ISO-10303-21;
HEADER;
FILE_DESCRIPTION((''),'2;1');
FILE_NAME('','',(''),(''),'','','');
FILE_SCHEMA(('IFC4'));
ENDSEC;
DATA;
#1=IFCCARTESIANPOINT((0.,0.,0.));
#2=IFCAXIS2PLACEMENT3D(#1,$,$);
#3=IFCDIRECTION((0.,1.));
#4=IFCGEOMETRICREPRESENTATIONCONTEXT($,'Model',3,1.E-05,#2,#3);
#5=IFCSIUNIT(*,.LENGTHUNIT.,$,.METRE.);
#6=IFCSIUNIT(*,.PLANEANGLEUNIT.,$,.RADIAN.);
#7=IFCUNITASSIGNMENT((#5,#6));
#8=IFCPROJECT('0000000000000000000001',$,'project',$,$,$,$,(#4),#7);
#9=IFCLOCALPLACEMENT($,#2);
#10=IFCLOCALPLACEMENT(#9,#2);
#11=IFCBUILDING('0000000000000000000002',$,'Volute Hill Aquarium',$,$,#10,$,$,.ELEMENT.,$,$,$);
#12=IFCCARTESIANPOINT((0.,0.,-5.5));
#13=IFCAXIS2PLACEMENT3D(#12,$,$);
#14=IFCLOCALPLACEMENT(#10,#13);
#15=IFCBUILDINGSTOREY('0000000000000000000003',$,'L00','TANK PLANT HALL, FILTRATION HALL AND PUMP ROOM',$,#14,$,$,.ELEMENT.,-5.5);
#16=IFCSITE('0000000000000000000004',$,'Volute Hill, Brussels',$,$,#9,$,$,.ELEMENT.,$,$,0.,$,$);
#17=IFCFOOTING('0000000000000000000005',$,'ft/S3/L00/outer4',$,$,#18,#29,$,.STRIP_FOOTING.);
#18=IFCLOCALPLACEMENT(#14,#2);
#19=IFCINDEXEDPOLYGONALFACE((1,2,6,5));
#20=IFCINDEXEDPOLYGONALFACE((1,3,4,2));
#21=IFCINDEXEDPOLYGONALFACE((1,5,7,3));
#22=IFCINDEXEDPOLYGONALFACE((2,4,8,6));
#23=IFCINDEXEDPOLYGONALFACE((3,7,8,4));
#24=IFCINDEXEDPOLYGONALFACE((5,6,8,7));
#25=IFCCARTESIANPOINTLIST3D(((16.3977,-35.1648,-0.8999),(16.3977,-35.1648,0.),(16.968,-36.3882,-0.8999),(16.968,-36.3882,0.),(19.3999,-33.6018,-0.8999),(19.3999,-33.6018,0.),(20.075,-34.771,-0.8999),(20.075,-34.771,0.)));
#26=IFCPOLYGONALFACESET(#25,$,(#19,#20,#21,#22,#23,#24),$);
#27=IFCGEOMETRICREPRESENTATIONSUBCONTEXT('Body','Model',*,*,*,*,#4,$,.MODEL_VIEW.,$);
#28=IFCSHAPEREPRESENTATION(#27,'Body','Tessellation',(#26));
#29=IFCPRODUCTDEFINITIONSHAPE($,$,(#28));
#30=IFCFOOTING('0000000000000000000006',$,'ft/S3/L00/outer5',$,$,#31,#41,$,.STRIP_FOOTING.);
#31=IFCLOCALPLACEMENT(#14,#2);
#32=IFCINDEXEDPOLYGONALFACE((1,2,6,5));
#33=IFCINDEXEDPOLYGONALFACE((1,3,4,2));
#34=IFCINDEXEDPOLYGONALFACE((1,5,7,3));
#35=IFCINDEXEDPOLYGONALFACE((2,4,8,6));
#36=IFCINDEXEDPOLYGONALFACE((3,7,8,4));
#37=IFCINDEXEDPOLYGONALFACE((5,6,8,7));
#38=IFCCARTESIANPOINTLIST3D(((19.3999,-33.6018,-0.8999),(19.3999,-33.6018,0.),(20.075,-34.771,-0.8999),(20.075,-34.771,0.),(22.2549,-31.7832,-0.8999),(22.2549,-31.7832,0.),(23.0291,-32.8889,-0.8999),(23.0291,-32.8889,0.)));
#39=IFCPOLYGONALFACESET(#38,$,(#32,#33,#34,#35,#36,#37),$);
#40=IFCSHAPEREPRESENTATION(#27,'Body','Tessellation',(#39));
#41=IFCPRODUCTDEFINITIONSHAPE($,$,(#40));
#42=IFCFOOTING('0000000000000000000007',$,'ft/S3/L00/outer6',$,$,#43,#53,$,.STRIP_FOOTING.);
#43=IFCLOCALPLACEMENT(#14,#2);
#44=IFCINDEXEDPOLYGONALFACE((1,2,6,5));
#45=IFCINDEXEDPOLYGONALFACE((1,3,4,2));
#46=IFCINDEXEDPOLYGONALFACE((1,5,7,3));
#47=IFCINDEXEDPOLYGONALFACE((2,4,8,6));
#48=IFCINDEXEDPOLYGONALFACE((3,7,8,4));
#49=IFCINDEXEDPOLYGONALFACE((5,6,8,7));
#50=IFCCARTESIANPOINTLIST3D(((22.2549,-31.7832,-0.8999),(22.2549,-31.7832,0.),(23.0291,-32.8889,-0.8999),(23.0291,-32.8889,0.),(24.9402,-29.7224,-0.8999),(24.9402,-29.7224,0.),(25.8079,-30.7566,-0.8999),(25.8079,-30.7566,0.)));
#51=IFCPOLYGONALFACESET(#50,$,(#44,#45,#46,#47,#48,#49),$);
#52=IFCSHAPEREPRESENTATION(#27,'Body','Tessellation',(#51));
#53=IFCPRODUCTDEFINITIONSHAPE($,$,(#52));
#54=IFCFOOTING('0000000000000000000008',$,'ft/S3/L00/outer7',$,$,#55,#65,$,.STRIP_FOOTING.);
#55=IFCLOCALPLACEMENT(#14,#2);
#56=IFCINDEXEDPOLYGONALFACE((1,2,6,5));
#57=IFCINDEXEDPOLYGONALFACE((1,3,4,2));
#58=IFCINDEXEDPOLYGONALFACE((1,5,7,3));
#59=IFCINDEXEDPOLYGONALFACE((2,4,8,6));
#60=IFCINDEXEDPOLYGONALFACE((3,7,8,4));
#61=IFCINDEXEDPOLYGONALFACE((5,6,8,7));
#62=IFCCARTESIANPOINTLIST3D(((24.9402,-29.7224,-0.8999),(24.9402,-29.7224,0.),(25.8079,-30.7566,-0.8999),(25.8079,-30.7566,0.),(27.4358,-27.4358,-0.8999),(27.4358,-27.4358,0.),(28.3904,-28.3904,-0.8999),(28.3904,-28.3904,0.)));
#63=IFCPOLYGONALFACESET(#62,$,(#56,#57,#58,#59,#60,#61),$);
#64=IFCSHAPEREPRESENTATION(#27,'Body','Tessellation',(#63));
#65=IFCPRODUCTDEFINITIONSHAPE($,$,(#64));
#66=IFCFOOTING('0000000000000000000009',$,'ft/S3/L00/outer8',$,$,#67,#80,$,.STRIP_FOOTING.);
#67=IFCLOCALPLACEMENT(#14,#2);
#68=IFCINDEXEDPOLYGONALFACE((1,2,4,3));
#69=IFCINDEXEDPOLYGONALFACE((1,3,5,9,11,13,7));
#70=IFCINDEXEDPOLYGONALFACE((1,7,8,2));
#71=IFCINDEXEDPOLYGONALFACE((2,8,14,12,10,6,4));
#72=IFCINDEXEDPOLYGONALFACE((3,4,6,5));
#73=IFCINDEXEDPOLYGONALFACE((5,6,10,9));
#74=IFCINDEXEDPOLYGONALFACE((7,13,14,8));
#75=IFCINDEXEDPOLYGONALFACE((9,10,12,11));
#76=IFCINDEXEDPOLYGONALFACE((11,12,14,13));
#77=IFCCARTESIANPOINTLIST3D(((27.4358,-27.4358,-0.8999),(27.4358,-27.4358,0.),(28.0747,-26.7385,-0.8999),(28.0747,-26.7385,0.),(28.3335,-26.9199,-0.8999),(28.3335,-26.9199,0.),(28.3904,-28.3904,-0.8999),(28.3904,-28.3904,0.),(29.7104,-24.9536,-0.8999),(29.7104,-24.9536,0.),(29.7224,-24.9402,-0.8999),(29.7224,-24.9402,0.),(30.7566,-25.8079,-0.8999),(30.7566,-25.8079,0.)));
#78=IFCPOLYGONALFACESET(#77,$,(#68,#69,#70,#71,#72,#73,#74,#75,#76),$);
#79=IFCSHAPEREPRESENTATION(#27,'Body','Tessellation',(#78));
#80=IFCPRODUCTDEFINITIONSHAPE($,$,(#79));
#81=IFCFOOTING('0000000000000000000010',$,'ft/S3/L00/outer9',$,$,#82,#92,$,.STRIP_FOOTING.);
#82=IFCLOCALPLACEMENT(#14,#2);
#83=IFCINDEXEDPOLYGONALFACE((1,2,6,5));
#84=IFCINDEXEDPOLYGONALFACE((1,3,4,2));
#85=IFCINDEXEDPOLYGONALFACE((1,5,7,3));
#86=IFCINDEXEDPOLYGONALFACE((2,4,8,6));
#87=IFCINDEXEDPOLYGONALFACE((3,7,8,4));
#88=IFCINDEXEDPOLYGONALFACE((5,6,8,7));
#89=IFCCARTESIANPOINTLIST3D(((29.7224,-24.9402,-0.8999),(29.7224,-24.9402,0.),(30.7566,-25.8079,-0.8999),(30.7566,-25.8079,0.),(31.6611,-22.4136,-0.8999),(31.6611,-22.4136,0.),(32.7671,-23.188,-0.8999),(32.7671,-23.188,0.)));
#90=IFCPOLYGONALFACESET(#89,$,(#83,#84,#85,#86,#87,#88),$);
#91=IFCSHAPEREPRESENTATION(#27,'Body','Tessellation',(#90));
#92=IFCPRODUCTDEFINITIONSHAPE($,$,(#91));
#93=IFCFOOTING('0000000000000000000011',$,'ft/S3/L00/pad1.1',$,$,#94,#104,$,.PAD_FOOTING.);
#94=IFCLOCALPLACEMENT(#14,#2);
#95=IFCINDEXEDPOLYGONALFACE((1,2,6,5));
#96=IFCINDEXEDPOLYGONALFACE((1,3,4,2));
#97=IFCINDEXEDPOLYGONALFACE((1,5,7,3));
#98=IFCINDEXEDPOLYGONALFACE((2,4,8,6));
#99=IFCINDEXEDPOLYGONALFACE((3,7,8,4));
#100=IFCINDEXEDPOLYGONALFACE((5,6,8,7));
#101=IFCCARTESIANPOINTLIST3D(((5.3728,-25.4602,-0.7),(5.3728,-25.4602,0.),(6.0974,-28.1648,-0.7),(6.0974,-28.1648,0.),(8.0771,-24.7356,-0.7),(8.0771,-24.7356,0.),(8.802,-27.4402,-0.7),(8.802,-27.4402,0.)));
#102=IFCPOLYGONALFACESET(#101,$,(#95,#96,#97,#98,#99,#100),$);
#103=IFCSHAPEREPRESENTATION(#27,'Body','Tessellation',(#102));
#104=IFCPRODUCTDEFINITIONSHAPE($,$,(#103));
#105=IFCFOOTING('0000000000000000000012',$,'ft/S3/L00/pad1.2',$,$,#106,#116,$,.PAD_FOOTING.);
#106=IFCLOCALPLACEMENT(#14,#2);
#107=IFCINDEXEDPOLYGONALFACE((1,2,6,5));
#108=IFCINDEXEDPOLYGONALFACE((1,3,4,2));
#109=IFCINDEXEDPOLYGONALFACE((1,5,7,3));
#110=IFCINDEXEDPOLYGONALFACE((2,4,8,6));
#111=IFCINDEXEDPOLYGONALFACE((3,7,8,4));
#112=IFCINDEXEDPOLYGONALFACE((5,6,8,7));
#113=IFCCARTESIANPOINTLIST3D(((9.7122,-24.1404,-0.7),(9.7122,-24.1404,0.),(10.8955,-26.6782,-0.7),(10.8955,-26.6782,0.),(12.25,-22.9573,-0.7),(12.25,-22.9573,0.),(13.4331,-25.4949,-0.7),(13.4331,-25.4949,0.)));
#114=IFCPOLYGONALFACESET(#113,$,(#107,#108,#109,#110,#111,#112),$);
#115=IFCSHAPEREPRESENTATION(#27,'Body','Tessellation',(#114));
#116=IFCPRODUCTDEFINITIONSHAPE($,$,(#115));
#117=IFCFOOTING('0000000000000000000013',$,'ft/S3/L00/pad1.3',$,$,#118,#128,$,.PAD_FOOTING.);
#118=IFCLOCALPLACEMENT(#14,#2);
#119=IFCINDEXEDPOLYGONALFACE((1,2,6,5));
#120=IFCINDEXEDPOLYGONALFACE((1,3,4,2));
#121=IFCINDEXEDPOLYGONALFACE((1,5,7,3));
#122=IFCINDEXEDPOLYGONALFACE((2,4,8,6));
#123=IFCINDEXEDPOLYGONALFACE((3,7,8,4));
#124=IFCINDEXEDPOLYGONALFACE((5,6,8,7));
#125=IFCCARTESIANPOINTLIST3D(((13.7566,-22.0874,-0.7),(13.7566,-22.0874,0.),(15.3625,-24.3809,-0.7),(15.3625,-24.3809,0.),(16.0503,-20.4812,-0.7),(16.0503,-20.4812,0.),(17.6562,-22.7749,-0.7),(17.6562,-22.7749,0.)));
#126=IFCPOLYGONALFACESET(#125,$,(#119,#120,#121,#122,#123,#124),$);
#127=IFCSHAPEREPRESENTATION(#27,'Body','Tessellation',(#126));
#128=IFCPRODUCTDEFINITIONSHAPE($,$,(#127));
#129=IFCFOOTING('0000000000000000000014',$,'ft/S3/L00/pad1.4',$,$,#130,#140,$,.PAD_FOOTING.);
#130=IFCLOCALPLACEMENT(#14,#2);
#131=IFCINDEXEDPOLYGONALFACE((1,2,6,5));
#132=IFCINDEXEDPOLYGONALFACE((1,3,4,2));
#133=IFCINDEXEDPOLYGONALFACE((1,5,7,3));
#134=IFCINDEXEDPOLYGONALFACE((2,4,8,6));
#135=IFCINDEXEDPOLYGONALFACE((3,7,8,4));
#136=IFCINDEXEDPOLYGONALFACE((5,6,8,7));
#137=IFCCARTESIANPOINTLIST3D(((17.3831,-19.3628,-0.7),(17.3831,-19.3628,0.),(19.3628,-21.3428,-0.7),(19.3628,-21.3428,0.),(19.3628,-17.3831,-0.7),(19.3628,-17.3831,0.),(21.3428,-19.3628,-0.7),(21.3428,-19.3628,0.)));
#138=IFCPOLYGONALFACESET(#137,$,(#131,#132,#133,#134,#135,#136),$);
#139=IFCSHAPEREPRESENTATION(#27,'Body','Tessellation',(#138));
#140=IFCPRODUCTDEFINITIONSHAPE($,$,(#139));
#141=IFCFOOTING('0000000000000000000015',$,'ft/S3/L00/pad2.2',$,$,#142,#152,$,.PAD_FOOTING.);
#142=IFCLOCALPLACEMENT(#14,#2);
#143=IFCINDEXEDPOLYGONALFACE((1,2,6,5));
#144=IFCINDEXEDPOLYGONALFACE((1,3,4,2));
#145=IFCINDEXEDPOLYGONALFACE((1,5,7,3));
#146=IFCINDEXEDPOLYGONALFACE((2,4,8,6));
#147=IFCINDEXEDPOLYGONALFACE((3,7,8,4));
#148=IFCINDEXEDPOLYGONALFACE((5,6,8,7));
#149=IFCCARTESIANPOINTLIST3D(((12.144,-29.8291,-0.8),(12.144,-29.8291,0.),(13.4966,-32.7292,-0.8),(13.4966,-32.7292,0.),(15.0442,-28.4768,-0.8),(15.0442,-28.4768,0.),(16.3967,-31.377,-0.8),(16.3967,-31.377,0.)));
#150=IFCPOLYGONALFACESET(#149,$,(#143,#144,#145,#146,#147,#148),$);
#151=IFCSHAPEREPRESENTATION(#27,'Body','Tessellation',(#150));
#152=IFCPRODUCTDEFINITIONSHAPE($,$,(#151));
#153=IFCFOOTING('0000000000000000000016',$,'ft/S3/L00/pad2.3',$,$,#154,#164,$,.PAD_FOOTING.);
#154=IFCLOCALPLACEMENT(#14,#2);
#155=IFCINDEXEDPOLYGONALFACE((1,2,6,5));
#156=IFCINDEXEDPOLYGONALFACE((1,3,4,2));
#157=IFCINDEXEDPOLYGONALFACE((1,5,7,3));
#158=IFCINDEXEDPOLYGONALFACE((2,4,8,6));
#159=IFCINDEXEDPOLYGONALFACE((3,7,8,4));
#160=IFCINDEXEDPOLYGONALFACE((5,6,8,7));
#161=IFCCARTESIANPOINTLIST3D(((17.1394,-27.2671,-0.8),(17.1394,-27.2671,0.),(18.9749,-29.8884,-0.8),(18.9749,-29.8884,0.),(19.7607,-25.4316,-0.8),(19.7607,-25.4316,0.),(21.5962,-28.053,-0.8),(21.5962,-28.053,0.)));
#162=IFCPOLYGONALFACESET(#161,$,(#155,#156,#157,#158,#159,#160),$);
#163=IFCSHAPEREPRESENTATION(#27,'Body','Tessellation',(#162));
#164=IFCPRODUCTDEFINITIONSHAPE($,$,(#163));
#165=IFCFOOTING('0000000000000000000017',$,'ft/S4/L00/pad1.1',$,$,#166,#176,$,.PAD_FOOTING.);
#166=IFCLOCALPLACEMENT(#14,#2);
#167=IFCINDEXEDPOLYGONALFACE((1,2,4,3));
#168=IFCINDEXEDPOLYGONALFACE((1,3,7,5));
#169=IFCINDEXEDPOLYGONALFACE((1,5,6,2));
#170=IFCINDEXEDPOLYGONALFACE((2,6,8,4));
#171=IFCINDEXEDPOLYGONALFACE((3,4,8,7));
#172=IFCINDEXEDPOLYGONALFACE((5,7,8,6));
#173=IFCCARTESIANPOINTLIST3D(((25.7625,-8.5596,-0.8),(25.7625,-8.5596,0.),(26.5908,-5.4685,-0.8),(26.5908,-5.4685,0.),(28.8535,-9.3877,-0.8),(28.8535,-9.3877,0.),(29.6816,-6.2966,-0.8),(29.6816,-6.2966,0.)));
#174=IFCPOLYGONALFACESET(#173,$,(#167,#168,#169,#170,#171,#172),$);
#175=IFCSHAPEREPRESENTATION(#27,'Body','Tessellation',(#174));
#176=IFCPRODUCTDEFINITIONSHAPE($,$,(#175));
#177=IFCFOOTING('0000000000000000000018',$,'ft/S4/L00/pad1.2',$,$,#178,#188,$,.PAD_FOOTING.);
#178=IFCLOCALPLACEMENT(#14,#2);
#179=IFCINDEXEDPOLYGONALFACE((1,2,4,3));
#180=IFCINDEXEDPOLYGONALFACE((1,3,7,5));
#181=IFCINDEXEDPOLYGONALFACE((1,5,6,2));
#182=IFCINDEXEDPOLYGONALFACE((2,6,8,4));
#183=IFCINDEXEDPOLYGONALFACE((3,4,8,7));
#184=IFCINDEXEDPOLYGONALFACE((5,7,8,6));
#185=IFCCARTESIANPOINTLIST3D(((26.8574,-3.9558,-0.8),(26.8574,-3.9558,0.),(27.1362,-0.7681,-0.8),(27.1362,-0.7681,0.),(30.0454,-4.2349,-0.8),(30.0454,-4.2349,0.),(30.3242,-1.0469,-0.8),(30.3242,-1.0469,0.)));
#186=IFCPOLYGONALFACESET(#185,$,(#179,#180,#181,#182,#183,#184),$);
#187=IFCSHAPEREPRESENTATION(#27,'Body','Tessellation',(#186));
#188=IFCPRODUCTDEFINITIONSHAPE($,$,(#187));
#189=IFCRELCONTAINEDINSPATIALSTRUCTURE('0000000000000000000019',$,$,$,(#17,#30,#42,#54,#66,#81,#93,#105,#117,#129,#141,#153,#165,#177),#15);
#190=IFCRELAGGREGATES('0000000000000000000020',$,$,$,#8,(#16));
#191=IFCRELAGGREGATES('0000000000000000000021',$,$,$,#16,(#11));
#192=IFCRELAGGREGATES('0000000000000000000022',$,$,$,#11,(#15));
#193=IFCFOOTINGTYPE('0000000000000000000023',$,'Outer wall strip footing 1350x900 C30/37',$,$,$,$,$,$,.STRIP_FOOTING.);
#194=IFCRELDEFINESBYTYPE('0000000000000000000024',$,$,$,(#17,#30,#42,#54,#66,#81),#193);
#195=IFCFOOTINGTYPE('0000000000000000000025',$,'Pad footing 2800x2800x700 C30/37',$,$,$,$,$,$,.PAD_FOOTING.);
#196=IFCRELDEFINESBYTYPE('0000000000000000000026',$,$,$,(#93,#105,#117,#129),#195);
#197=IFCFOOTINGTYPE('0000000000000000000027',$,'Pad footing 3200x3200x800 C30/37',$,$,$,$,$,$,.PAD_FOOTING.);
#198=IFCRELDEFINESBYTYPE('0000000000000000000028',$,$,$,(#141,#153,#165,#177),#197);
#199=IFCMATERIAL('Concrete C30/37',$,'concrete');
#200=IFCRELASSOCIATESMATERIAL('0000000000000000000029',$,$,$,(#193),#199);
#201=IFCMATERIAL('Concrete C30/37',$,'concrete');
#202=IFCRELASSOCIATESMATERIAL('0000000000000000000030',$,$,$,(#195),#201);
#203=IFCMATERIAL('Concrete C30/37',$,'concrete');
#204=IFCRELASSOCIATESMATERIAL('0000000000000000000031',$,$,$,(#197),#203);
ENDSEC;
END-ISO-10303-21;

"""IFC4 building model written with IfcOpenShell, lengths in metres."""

from ifc_helpers import new_model, si_unit, direction, frame, origin, place, context, subcontext, project, spatial, polyline, outline, extrude, material, type_object, element, save


model = new_model("IFC4")

# Units and contexts
model_context = context("Model", 3, precision=1e-05, world=origin(), true_north=direction((0.0, 1.0)))
body_context = subcontext(model_context, "Body", "Model", "MODEL_VIEW")
ifc_project = project(units=[si_unit("LENGTHUNIT", "METRE"), si_unit("PLANEANGLEUNIT", "RADIAN")], contexts=[model_context])

# Site, building, storey
site_placement = place(None, origin())
site = spatial("IfcSite", under=ifc_project, at=site_placement, Name="Volute Hill, Brussels", CompositionType="ELEMENT", RefElevation=0.0)
building_placement = place(site_placement, origin())
building = spatial("IfcBuilding", under=site, at=building_placement, Name="Volute Hill Aquarium", CompositionType="ELEMENT")
storey_placement = place(building_placement, frame((0.0, 0.0, -5.5)))
storey = spatial("IfcBuildingStorey", under=building, at=storey_placement, Name="L00", Description="TANK PLANT HALL, FILTRATION HALL AND PUMP ROOM", CompositionType="ELEMENT", Elevation=-5.5)

# Footings
ifc_material_1 = material(Name="Concrete C30/37", Category="concrete")
footing_type_1 = type_object("IfcFootingType", Name="Outer wall strip footing 1350x900 C30/37", PredefinedType="STRIP_FOOTING", material=ifc_material_1)
footing_1_placement = place(storey_placement, frame((0.0, 0.0, -0.8999)))
element("IfcFooting", 1, at=footing_1_placement, inside=storey, type_object=footing_type_1, Name="ft/S3/L00/outer4", PredefinedType="STRIP_FOOTING", context=body_context, shape_type="SweptSolid", body=[
    extrude(outline(polyline([(20.075, -34.771), (16.968, -36.3882), (16.3977, -35.1648), (19.3999, -33.6018), (20.075, -34.771)])), origin(), (0.0, 0.0, 1.0), 0.8999),
])
footing_2_placement = place(storey_placement, frame((0.0, 0.0, -0.8999)))
element("IfcFooting", 2, at=footing_2_placement, inside=storey, type_object=footing_type_1, Name="ft/S3/L00/outer5", PredefinedType="STRIP_FOOTING", context=body_context, shape_type="SweptSolid", body=[
    extrude(outline(polyline([(23.0291, -32.8889), (20.075, -34.771), (19.3999, -33.6018), (22.2549, -31.7832), (23.0291, -32.8889)])), origin(), (0.0, 0.0, 1.0), 0.8999),
])
footing_3_placement = place(storey_placement, frame((0.0, 0.0, -0.8999)))
element("IfcFooting", 3, at=footing_3_placement, inside=storey, type_object=footing_type_1, Name="ft/S3/L00/outer6", PredefinedType="STRIP_FOOTING", context=body_context, shape_type="SweptSolid", body=[
    extrude(outline(polyline([(25.8079, -30.7566), (23.0291, -32.8889), (22.2549, -31.7832), (24.9402, -29.7224), (25.8079, -30.7566)])), origin(), (0.0, 0.0, 1.0), 0.8999),
])
footing_4_placement = place(storey_placement, frame((0.0, 0.0, -0.8999)))
element("IfcFooting", 4, at=footing_4_placement, inside=storey, type_object=footing_type_1, Name="ft/S3/L00/outer7", PredefinedType="STRIP_FOOTING", context=body_context, shape_type="SweptSolid", body=[
    extrude(outline(polyline([(28.3904, -28.3904), (25.8079, -30.7566), (24.9402, -29.7224), (27.4358, -27.4358), (28.3904, -28.3904)])), origin(), (0.0, 0.0, 1.0), 0.8999),
])
footing_5_placement = place(storey_placement, frame((0.0, 0.0, -0.8999)))
element("IfcFooting", 5, at=footing_5_placement, inside=storey, type_object=footing_type_1, Name="ft/S3/L00/outer8", PredefinedType="STRIP_FOOTING", context=body_context, shape_type="SweptSolid", body=[
    extrude(outline(polyline([(30.7566, -25.8079), (28.3904, -28.3904), (27.4358, -27.4358), (28.0747, -26.7385), (28.3335, -26.9199), (29.7104, -24.9536), (29.7224, -24.9402), (30.7566, -25.8079)])), origin(), (0.0, 0.0, 1.0), 0.8999),
])
footing_6_placement = place(storey_placement, frame((0.0, 0.0, -0.8999)))
element("IfcFooting", 6, at=footing_6_placement, inside=storey, type_object=footing_type_1, Name="ft/S3/L00/outer9", PredefinedType="STRIP_FOOTING", context=body_context, shape_type="SweptSolid", body=[
    extrude(outline(polyline([(29.7224, -24.9402), (31.6611, -22.4136), (32.7671, -23.188), (30.7566, -25.8079), (29.7224, -24.9402)])), origin(), (0.0, 0.0, 1.0), 0.8999),
])
ifc_material_2 = material(Name="Concrete C30/37", Category="concrete")
footing_type_2 = type_object("IfcFootingType", Name="Pad footing 2800x2800x700 C30/37", PredefinedType="PAD_FOOTING", material=ifc_material_2)
footing_7_placement = place(storey_placement, frame((0.0, 0.0, -0.7)))
element("IfcFooting", 7, at=footing_7_placement, inside=storey, type_object=footing_type_2, Name="ft/S3/L00/pad1.1", PredefinedType="PAD_FOOTING", context=body_context, shape_type="SweptSolid", body=[
    extrude(outline(polyline([(5.3728, -25.4602), (6.0974, -28.1648), (8.802, -27.4402), (8.0771, -24.7356), (5.3728, -25.4602)])), origin(), (0.0, 0.0, 1.0), 0.7),
])
footing_8_placement = place(storey_placement, frame((0.0, 0.0, -0.7)))
element("IfcFooting", 8, at=footing_8_placement, inside=storey, type_object=footing_type_2, Name="ft/S3/L00/pad1.2", PredefinedType="PAD_FOOTING", context=body_context, shape_type="SweptSolid", body=[
    extrude(outline(polyline([(9.7122, -24.1404), (10.8955, -26.6782), (13.4331, -25.4949), (12.25, -22.9573), (9.7122, -24.1404)])), origin(), (0.0, 0.0, 1.0), 0.7),
])
footing_9_placement = place(storey_placement, frame((0.0, 0.0, -0.7)))
element("IfcFooting", 9, at=footing_9_placement, inside=storey, type_object=footing_type_2, Name="ft/S3/L00/pad1.3", PredefinedType="PAD_FOOTING", context=body_context, shape_type="SweptSolid", body=[
    extrude(outline(polyline([(13.7566, -22.0874), (15.3625, -24.3809), (17.6562, -22.7749), (16.0503, -20.4812), (13.7566, -22.0874)])), origin(), (0.0, 0.0, 1.0), 0.7),
])
footing_10_placement = place(storey_placement, frame((0.0, 0.0, -0.7)))
element("IfcFooting", 10, at=footing_10_placement, inside=storey, type_object=footing_type_2, Name="ft/S3/L00/pad1.4", PredefinedType="PAD_FOOTING", context=body_context, shape_type="SweptSolid", body=[
    extrude(outline(polyline([(17.3831, -19.3628), (19.3628, -21.3428), (21.3428, -19.3628), (19.3628, -17.3831), (17.3831, -19.3628)])), origin(), (0.0, 0.0, 1.0), 0.7),
])
ifc_material_3 = material(Name="Concrete C30/37", Category="concrete")
footing_type_3 = type_object("IfcFootingType", Name="Pad footing 3200x3200x800 C30/37", PredefinedType="PAD_FOOTING", material=ifc_material_3)
footing_11_placement = place(storey_placement, frame((0.0, 0.0, -0.8)))
element("IfcFooting", 11, at=footing_11_placement, inside=storey, type_object=footing_type_3, Name="ft/S3/L00/pad2.2", PredefinedType="PAD_FOOTING", context=body_context, shape_type="SweptSolid", body=[
    extrude(outline(polyline([(12.144, -29.8291), (13.4966, -32.7292), (16.3967, -31.377), (15.0442, -28.4768), (12.144, -29.8291)])), origin(), (0.0, 0.0, 1.0), 0.8),
])
footing_12_placement = place(storey_placement, frame((0.0, 0.0, -0.8)))
element("IfcFooting", 12, at=footing_12_placement, inside=storey, type_object=footing_type_3, Name="ft/S3/L00/pad2.3", PredefinedType="PAD_FOOTING", context=body_context, shape_type="SweptSolid", body=[
    extrude(outline(polyline([(17.1394, -27.2671), (18.9749, -29.8884), (21.5962, -28.053), (19.7607, -25.4316), (17.1394, -27.2671)])), origin(), (0.0, 0.0, 1.0), 0.8),
])
footing_13_placement = place(storey_placement, frame((0.0, 0.0, -0.8)))
element("IfcFooting", 13, at=footing_13_placement, inside=storey, type_object=footing_type_3, Name="ft/S4/L00/pad1.1", PredefinedType="PAD_FOOTING", context=body_context, shape_type="SweptSolid", body=[
    extrude(outline(polyline([(25.7625, -8.5596), (28.8535, -9.3877), (29.6816, -6.2966), (26.5908, -5.4685), (25.7625, -8.5596)])), origin(), (0.0, 0.0, 1.0), 0.8),
])
footing_14_placement = place(storey_placement, frame((0.0, 0.0, -0.8)))
element("IfcFooting", 14, at=footing_14_placement, inside=storey, type_object=footing_type_3, Name="ft/S4/L00/pad1.2", PredefinedType="PAD_FOOTING", context=body_context, shape_type="SweptSolid", body=[
    extrude(outline(polyline([(26.8574, -3.9558), (30.0454, -4.2349), (30.3242, -1.0469), (27.1362, -0.7681), (26.8574, -3.9558)])), origin(), (0.0, 0.0, 1.0), 0.8),
])

save(model, "model.ifc")
